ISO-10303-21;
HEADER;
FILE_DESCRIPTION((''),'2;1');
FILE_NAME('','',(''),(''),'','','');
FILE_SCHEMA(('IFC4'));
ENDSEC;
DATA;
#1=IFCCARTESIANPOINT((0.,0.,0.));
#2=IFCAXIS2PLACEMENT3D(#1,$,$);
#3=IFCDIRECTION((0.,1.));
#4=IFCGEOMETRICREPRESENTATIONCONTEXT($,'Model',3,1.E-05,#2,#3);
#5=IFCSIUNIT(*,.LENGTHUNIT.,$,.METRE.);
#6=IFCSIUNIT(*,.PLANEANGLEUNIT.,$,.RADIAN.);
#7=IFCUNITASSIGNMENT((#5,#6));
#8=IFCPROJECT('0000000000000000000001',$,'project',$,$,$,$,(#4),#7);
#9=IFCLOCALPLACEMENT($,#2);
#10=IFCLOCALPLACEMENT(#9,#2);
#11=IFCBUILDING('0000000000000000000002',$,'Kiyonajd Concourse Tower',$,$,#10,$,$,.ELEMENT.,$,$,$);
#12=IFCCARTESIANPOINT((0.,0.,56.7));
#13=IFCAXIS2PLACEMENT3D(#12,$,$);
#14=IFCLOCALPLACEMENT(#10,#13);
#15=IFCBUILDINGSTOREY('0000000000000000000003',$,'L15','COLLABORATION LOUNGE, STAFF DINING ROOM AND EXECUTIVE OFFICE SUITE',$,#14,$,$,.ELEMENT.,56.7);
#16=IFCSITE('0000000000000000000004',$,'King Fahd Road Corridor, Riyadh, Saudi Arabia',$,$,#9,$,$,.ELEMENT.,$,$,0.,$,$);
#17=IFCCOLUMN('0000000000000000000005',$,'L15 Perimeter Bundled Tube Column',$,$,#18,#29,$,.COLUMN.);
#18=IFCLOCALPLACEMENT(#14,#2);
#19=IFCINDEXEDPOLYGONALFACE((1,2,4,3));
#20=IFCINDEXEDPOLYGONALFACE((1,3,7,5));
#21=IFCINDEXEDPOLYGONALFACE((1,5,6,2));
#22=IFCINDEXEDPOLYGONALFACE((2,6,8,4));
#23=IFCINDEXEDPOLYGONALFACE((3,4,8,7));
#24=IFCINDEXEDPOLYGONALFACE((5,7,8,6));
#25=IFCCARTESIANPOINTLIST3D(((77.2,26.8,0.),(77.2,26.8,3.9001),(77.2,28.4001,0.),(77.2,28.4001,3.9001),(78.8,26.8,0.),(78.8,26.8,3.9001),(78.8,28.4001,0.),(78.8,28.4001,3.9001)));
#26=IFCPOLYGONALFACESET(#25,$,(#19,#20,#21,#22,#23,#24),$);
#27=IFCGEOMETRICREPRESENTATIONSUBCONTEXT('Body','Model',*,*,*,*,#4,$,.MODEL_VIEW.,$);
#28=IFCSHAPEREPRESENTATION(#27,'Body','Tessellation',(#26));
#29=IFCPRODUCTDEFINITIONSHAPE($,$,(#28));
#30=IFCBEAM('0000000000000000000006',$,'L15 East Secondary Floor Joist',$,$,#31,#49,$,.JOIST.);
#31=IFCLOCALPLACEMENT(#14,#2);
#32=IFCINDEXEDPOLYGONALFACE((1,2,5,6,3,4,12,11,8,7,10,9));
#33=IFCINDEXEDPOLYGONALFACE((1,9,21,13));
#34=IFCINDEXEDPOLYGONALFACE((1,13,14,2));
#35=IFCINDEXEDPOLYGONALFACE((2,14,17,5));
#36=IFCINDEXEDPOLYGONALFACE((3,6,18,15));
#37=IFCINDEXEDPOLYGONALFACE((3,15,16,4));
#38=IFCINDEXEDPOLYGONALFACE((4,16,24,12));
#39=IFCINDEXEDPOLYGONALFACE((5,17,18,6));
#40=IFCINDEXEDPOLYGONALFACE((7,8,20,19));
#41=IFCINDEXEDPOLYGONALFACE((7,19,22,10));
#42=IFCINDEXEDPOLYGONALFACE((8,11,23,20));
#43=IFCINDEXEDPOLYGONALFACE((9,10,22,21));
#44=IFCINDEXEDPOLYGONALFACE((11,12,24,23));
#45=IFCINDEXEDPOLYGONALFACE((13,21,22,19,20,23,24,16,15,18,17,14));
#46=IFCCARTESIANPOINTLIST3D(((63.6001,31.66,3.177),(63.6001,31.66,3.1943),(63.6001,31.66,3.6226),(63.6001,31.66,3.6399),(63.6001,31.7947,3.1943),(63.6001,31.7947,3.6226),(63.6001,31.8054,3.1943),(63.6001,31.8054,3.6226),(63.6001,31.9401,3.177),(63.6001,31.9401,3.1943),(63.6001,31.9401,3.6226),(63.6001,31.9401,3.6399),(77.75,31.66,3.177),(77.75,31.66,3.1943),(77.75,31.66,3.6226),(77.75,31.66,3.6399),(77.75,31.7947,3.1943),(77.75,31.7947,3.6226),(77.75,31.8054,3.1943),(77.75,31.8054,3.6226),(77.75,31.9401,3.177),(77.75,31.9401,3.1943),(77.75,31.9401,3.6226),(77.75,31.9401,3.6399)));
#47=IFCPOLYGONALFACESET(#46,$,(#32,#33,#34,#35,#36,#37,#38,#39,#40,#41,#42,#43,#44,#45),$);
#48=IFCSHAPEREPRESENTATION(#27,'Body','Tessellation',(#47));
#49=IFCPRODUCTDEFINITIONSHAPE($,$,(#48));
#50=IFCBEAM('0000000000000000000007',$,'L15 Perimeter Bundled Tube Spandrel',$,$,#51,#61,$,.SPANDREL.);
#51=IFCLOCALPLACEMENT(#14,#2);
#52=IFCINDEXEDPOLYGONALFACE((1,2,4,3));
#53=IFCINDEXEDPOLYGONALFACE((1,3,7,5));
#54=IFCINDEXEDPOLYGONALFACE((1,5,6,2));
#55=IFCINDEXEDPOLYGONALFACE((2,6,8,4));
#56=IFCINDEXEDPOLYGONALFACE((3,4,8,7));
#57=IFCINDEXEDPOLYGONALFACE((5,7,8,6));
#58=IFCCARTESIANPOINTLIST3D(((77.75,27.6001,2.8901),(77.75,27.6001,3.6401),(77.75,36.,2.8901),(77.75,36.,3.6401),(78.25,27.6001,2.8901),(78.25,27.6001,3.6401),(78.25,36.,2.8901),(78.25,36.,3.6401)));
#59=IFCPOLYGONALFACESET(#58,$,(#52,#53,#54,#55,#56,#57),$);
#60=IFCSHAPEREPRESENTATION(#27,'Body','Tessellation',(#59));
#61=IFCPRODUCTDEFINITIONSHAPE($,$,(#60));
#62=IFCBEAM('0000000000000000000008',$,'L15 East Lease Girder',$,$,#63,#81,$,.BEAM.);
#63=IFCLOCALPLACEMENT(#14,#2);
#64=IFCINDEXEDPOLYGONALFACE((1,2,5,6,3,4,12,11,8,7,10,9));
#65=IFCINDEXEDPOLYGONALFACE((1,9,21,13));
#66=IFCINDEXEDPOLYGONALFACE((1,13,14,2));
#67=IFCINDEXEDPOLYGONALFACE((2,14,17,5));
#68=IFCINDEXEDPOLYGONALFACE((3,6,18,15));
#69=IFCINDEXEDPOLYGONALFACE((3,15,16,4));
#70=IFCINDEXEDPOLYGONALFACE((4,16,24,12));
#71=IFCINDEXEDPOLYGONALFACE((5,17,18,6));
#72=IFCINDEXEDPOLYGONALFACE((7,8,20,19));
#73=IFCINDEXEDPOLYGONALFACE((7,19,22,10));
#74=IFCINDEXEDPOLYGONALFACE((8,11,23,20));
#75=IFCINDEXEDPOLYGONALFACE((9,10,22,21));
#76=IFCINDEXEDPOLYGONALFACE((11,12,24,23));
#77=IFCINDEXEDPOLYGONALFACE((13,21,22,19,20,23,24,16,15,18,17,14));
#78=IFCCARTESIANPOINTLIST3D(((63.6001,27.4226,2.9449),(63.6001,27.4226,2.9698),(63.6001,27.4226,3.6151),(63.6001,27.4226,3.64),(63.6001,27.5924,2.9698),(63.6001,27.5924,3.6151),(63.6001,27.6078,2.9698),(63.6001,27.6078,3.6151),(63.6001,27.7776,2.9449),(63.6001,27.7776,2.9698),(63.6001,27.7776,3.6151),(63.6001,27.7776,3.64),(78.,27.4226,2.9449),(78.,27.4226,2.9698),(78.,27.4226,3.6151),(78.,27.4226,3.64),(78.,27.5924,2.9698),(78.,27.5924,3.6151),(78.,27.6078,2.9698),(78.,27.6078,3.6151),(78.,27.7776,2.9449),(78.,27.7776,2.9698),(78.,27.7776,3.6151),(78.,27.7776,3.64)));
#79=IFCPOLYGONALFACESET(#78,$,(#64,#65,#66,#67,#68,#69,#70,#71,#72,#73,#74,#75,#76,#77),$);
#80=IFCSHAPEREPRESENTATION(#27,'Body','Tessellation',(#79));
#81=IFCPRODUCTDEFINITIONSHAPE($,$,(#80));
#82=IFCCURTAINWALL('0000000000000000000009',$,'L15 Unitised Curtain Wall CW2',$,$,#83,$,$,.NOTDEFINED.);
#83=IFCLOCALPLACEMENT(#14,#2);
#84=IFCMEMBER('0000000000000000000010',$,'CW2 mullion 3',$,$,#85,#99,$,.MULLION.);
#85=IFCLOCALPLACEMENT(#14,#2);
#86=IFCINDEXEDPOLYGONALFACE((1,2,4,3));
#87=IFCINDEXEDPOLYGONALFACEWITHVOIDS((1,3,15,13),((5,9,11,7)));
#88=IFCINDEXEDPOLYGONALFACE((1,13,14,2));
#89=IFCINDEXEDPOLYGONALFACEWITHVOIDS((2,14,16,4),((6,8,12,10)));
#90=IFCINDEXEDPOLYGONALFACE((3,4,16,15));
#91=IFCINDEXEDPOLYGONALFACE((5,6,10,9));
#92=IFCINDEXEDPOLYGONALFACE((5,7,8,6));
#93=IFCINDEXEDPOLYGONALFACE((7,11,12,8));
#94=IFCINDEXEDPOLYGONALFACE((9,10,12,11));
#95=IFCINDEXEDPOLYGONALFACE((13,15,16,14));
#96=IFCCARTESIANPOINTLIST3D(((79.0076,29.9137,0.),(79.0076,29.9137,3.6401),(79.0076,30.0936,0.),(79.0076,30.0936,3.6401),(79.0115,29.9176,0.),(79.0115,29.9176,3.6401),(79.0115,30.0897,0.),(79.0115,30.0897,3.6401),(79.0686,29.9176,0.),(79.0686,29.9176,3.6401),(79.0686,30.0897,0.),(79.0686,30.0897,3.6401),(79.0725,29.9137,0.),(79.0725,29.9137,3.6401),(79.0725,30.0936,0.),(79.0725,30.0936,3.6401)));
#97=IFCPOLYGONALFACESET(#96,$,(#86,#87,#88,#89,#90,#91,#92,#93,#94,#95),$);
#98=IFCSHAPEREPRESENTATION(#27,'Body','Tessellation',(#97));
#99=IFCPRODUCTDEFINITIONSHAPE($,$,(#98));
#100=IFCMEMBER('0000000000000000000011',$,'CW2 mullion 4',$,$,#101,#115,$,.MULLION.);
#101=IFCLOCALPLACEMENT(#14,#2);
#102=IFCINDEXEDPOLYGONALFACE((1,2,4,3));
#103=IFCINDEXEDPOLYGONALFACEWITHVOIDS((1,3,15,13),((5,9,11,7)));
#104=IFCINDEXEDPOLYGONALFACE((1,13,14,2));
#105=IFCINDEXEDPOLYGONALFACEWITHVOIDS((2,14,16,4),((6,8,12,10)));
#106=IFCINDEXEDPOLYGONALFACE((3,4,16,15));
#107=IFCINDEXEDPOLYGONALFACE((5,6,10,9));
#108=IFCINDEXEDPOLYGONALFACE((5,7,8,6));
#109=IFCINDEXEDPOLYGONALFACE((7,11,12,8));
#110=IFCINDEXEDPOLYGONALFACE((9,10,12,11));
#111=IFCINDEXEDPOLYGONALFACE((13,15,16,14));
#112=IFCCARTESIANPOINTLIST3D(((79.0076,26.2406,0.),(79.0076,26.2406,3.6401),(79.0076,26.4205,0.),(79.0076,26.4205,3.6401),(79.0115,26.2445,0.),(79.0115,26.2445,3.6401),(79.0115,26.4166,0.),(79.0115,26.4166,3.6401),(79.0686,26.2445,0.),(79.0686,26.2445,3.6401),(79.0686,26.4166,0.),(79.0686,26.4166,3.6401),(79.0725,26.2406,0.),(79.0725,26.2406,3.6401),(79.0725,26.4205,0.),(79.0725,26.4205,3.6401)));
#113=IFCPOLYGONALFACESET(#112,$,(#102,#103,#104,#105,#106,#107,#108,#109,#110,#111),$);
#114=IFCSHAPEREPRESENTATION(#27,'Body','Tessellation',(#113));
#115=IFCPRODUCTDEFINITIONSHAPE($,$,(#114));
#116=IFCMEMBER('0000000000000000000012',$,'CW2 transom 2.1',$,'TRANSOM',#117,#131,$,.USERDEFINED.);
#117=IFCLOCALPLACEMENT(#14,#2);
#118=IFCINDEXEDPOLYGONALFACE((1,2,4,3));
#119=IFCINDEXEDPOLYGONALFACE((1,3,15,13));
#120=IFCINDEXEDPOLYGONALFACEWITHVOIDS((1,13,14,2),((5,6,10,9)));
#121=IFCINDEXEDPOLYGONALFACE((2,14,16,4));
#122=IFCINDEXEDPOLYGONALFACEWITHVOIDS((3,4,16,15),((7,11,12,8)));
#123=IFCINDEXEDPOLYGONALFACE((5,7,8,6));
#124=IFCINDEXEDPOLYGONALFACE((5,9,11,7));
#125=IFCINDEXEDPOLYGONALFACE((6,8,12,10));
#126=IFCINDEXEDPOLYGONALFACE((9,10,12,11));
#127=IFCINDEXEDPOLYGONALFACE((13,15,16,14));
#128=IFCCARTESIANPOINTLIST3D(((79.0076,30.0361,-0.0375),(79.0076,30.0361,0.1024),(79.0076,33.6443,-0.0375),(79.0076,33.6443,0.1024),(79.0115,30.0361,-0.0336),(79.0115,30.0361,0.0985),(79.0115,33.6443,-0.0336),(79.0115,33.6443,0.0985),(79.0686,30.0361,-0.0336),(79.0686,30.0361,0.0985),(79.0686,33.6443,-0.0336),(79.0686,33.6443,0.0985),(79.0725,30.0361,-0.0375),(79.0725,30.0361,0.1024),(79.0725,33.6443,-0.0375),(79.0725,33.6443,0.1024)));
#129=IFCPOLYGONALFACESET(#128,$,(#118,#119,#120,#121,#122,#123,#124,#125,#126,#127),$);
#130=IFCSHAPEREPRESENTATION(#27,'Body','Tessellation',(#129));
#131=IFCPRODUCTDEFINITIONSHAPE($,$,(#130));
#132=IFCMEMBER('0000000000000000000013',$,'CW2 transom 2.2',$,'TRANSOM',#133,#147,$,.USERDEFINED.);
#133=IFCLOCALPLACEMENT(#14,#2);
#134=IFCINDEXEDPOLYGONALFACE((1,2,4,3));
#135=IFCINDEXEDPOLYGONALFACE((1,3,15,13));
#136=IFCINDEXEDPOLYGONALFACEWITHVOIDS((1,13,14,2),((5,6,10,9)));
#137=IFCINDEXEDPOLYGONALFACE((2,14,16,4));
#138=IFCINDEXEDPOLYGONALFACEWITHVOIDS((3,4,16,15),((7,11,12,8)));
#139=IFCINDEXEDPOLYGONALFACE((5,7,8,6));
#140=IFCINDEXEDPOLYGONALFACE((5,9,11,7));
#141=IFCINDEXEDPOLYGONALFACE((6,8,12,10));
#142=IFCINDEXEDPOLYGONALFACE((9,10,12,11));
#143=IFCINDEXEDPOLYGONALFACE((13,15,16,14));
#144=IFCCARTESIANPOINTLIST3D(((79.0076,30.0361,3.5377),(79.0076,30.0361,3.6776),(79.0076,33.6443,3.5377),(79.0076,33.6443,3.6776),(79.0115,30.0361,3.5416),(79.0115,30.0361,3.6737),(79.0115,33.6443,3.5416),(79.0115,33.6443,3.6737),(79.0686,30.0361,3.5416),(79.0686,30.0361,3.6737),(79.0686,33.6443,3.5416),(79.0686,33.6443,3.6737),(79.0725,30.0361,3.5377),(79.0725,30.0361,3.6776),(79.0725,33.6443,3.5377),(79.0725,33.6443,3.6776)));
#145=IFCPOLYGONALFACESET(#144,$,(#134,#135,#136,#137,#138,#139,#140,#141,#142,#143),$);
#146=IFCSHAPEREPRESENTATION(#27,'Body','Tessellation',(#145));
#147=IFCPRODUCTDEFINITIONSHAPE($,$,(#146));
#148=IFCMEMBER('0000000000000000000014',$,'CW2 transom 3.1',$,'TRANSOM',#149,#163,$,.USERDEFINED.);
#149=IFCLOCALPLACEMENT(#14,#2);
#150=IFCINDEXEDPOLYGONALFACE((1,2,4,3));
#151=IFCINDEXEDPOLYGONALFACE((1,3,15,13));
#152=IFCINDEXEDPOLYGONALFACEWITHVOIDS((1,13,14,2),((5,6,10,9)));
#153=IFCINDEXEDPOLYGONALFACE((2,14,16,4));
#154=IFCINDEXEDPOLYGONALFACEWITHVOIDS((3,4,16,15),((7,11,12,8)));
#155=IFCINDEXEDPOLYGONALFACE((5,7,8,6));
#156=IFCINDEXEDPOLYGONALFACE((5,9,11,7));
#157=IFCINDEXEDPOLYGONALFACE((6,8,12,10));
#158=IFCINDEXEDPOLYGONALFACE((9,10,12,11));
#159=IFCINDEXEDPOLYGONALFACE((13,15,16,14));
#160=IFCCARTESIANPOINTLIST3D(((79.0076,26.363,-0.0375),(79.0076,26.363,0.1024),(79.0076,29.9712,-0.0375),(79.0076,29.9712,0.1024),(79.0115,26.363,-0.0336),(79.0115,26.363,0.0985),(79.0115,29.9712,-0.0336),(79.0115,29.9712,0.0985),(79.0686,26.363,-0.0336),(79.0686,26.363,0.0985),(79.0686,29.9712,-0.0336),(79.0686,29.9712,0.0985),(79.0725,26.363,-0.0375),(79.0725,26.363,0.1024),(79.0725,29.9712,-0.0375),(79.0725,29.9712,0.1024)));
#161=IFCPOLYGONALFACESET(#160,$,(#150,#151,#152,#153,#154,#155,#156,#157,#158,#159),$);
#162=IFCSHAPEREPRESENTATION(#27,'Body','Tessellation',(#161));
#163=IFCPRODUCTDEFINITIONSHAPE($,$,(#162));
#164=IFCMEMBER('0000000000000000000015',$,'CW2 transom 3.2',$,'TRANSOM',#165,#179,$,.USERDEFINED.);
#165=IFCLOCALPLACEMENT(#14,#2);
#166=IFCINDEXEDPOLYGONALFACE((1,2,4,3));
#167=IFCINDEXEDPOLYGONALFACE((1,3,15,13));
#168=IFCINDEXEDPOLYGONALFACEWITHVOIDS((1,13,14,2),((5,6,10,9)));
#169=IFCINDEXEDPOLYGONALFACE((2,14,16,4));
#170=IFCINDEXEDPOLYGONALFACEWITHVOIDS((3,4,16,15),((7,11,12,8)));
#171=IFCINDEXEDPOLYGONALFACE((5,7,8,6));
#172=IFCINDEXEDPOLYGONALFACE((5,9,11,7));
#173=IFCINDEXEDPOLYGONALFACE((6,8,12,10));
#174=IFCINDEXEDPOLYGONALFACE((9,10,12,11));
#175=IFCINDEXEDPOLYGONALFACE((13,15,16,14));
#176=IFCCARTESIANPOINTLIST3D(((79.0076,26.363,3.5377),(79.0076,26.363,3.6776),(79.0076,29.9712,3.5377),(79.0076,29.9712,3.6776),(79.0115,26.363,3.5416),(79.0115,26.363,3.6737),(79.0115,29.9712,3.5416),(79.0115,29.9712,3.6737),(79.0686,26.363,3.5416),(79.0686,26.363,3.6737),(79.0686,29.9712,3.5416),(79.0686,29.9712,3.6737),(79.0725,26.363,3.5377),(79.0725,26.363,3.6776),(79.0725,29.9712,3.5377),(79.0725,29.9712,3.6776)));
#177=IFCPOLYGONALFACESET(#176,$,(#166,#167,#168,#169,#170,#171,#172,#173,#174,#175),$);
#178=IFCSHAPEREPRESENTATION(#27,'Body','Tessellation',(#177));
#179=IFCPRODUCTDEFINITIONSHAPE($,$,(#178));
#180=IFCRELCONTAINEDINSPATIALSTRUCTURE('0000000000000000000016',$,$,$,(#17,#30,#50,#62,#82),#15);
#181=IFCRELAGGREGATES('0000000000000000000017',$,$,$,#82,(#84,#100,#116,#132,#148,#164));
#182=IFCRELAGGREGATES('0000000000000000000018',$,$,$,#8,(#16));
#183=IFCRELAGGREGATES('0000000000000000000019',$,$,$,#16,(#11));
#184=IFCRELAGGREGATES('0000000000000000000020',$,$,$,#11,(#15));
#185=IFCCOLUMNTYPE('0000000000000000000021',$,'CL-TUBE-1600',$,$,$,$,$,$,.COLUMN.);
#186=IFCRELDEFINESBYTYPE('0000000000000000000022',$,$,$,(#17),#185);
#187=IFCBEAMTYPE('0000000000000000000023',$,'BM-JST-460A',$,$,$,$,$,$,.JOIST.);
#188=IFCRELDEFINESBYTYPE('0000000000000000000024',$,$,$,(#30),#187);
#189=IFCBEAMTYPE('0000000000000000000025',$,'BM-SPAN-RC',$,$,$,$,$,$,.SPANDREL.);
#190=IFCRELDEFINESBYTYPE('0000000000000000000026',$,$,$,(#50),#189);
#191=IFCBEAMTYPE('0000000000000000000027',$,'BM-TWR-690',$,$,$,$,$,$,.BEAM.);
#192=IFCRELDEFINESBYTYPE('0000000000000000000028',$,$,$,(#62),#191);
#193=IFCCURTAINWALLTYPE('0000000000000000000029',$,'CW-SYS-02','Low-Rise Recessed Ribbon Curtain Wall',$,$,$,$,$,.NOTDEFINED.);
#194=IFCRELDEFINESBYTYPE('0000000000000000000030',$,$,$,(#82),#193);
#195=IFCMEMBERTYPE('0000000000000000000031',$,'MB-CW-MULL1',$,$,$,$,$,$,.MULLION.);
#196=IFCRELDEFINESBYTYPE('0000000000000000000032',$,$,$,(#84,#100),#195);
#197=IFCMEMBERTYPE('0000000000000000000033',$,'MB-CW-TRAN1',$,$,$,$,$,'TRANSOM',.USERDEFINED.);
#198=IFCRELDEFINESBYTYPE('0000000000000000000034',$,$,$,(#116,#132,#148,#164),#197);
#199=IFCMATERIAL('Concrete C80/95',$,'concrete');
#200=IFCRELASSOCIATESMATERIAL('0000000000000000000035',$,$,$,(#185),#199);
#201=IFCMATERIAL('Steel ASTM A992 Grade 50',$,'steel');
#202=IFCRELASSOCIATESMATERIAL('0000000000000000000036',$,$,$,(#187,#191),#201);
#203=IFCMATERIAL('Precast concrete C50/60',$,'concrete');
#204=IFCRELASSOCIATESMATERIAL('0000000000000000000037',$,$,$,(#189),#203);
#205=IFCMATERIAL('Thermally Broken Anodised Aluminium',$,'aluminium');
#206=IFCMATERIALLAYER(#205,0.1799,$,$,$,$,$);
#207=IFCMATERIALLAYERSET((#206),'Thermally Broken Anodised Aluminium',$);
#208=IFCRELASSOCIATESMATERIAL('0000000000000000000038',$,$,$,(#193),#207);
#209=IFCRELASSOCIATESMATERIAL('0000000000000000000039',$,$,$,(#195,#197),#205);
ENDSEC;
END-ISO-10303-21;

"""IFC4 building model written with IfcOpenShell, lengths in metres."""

from ifc_helpers import new_model, si_unit, direction, frame, origin, origin_2d, place, context, subcontext, project, spatial, rectangle, hollow_rectangle, i_section, extrude, material, layer, layer_set, material_profile, profile_set, type_object, element, aggregate, save


model = new_model("IFC4")

# Units and contexts
model_context = context("Model", 3, precision=1e-05, world=origin(), true_north=direction((0.0, 1.0)))
body_context = subcontext(model_context, "Body", "Model", "MODEL_VIEW")
ifc_project = project(units=[si_unit("LENGTHUNIT", "METRE"), si_unit("PLANEANGLEUNIT", "RADIAN")], contexts=[model_context])

# Site, building, storey
site_placement = place(None, origin())
site = spatial("IfcSite", under=ifc_project, at=site_placement, Name="King Fahd Road Corridor, Riyadh, Saudi Arabia", CompositionType="ELEMENT", RefElevation=0.0)
building_placement = place(site_placement, origin())
building = spatial("IfcBuilding", under=site, at=building_placement, Name="Kiyonajd Concourse Tower", CompositionType="ELEMENT")
storey_placement = place(building_placement, frame((0.0, 0.0, 56.7)))
storey = spatial("IfcBuildingStorey", under=building, at=storey_placement, Name="L15", Description="COLLABORATION LOUNGE, STAFF DINING ROOM AND EXECUTIVE OFFICE SUITE", CompositionType="ELEMENT", Elevation=56.7)

# Column
ifc_material_1 = material(Name="Concrete C80/95", Category="concrete")
ifc_material_profile_1 = material_profile(ifc_material_1, rectangle(XDim=1.6001, YDim=1.6001, at=origin_2d()), Name="RC-1600x1600")
ifc_profile_set_1 = profile_set([ifc_material_profile_1], Name="Concrete C80/95")
column_type = type_object("IfcColumnType", Name="CL-TUBE-1600", PredefinedType="COLUMN", material=ifc_profile_set_1)
column_placement = place(storey_placement, frame((78.0, 27.6001, 0.0), z_axis=(0.0, 0.0, 1.0), x_axis=(1.0, 0.0, 0.0)))
element("IfcColumn", 1, at=column_placement, inside=storey, type_object=column_type, Name="L15 Perimeter Bundled Tube Column", PredefinedType="COLUMN", context=body_context, shape_type="SweptSolid", body=[
    extrude(rectangle(XDim=1.6001, YDim=1.6001, at=origin_2d()), origin(), (0.0, 0.0, 1.0), 3.9001),
])

# Beams
ifc_material_2 = material(Name="Steel ASTM A992 Grade 50", Category="steel")
ifc_material_profile_2 = material_profile(ifc_material_2, i_section(OverallWidth=0.28, OverallDepth=0.4629, WebThickness=0.0107, FlangeThickness=0.0173, at=origin_2d()), Name="W460X113")
ifc_profile_set_2 = profile_set([ifc_material_profile_2], Name="Steel ASTM A992 Grade 50")
beam_type_1 = type_object("IfcBeamType", Name="BM-JST-460A", PredefinedType="JOIST", material=ifc_profile_set_2)
beam_1_placement = place(storey_placement, frame((63.6001, 31.8, 3.4084), z_axis=(1.0, 0.0, 0.0), x_axis=(0.0, 1.0, 0.0)))
element("IfcBeam", 2, at=beam_1_placement, inside=storey, type_object=beam_type_1, Name="L15 East Secondary Floor Joist", PredefinedType="JOIST", context=body_context, shape_type="SweptSolid", body=[
    extrude(i_section(OverallWidth=0.28, OverallDepth=0.4629, WebThickness=0.0107, FlangeThickness=0.0173, at=origin_2d()), origin(), (0.0, 0.0, 1.0), 14.1499),
])
ifc_material_3 = material(Name="Precast concrete C50/60", Category="concrete")
ifc_material_profile_3 = material_profile(ifc_material_3, rectangle(XDim=0.5, YDim=0.75, at=origin_2d()), Name="RCBM-500x750")
ifc_profile_set_3 = profile_set([ifc_material_profile_3], Name="Precast concrete C50/60")
beam_type_2 = type_object("IfcBeamType", Name="BM-SPAN-RC", PredefinedType="SPANDREL", material=ifc_profile_set_3)
beam_2_placement = place(storey_placement, frame((78.0, 27.6001, 3.2651), z_axis=(0.0, 1.0, 0.0), x_axis=(-1.0, 0.0, 0.0)))
element("IfcBeam", 3, at=beam_2_placement, inside=storey, type_object=beam_type_2, Name="L15 Perimeter Bundled Tube Spandrel", PredefinedType="SPANDREL", context=body_context, shape_type="SweptSolid", body=[
    extrude(rectangle(XDim=0.5, YDim=0.75, at=origin_2d()), origin(), (0.0, 0.0, 1.0), 8.3999),
])
ifc_material_profile_4 = material_profile(ifc_material_2, i_section(OverallWidth=0.355, OverallDepth=0.6951, WebThickness=0.0154, FlangeThickness=0.0249, at=origin_2d()), Name="W690X217")
ifc_profile_set_4 = profile_set([ifc_material_profile_4], Name="Steel ASTM A992 Grade 50")
beam_type_3 = type_object("IfcBeamType", Name="BM-TWR-690", PredefinedType="BEAM", material=ifc_profile_set_4)
beam_3_placement = place(storey_placement, frame((63.6001, 27.6001, 3.2925), z_axis=(1.0, 0.0, 0.0), x_axis=(0.0, 1.0, 0.0)))
element("IfcBeam", 4, at=beam_3_placement, inside=storey, type_object=beam_type_3, Name="L15 East Lease Girder", PredefinedType="BEAM", context=body_context, shape_type="SweptSolid", body=[
    extrude(i_section(OverallWidth=0.355, OverallDepth=0.6951, WebThickness=0.0154, FlangeThickness=0.0249, at=origin_2d()), origin(), (0.0, 0.0, 1.0), 14.3999),
])

# Curtain wall, members
ifc_material_4 = material(Name="Thermally Broken Anodised Aluminium", Category="aluminium")
ifc_layer_1 = layer(ifc_material_4, 0.1799)
ifc_layer_set_1 = layer_set([ifc_layer_1], Name="Thermally Broken Anodised Aluminium")
curtain_wall_type = type_object("IfcCurtainWallType", Name="CW-SYS-02", Description="Low-Rise Recessed Ribbon Curtain Wall", PredefinedType="NOTDEFINED", material=ifc_layer_set_1)
curtain_wall_placement = place(storey_placement, origin())
curtain_wall = element("IfcCurtainWall", 5, at=curtain_wall_placement, inside=storey, type_object=curtain_wall_type, Name="L15 Unitised Curtain Wall CW2", PredefinedType="NOTDEFINED")
ifc_material_profile_5 = material_profile(ifc_material_4, hollow_rectangle(XDim=0.0649, YDim=0.1799, WallThickness=0.0039, at=origin_2d()), Name="MULL-65x180")
ifc_profile_set_5 = profile_set([ifc_material_profile_5], Name="Thermally Broken Anodised Aluminium")
member_type_1 = type_object("IfcMemberType", Name="MB-CW-MULL1", PredefinedType="MULLION", material=ifc_profile_set_5)
member_1_placement = place(storey_placement, frame((79.04, 30.0037, 0.0), z_axis=(0.0, 0.0, 1.0), x_axis=(1.0, 0.0, 0.0)))
member_1 = element("IfcMember", 6, at=member_1_placement, type_object=member_type_1, Name="CW2 mullion 3", PredefinedType="MULLION", context=body_context, shape_type="SweptSolid", body=[
    extrude(hollow_rectangle(XDim=0.0649, YDim=0.1799, WallThickness=0.0039, at=origin_2d()), origin(), (0.0, 0.0, 1.0), 3.6401),
])
member_2_placement = place(storey_placement, frame((79.04, 26.3306, 0.0), z_axis=(0.0, 0.0, 1.0), x_axis=(1.0, 0.0, 0.0)))
member_2 = element("IfcMember", 7, at=member_2_placement, type_object=member_type_1, Name="CW2 mullion 4", PredefinedType="MULLION", context=body_context, shape_type="SweptSolid", body=[
    extrude(hollow_rectangle(XDim=0.0649, YDim=0.1799, WallThickness=0.0039, at=origin_2d()), origin(), (0.0, 0.0, 1.0), 3.6401),
])
ifc_material_profile_6 = material_profile(ifc_material_4, hollow_rectangle(XDim=0.0649, YDim=0.1399, WallThickness=0.0039, at=origin_2d()), Name="TRAN-65x140")
ifc_profile_set_6 = profile_set([ifc_material_profile_6], Name="Thermally Broken Anodised Aluminium")
member_type_2 = type_object("IfcMemberType", Name="MB-CW-TRAN1", ElementType="TRANSOM", PredefinedType="USERDEFINED", material=ifc_profile_set_6)
member_3_placement = place(storey_placement, frame((79.04, 33.6443, 0.0325), z_axis=(0.0, -1.0, 0.0), x_axis=(1.0, 0.0, 0.0)))
member_3 = element("IfcMember", 8, at=member_3_placement, type_object=member_type_2, Name="CW2 transom 2.1", ObjectType="TRANSOM", PredefinedType="USERDEFINED", context=body_context, shape_type="SweptSolid", body=[
    extrude(hollow_rectangle(XDim=0.0649, YDim=0.1399, WallThickness=0.0039, at=origin_2d()), origin(), (0.0, 0.0, 1.0), 3.6082),
])
member_4_placement = place(storey_placement, frame((79.04, 33.6443, 3.6077), z_axis=(0.0, -1.0, 0.0), x_axis=(1.0, 0.0, 0.0)))
member_4 = element("IfcMember", 9, at=member_4_placement, type_object=member_type_2, Name="CW2 transom 2.2", ObjectType="TRANSOM", PredefinedType="USERDEFINED", context=body_context, shape_type="SweptSolid", body=[
    extrude(hollow_rectangle(XDim=0.0649, YDim=0.1399, WallThickness=0.0039, at=origin_2d()), origin(), (0.0, 0.0, 1.0), 3.6082),
])
member_5_placement = place(storey_placement, frame((79.04, 29.9712, 0.0325), z_axis=(0.0, -1.0, 0.0), x_axis=(1.0, 0.0, 0.0)))
member_5 = element("IfcMember", 10, at=member_5_placement, type_object=member_type_2, Name="CW2 transom 3.1", ObjectType="TRANSOM", PredefinedType="USERDEFINED", context=body_context, shape_type="SweptSolid", body=[
    extrude(hollow_rectangle(XDim=0.0649, YDim=0.1399, WallThickness=0.0039, at=origin_2d()), origin(), (0.0, 0.0, 1.0), 3.6082),
])
member_6_placement = place(storey_placement, frame((79.04, 29.9712, 3.6077), z_axis=(0.0, -1.0, 0.0), x_axis=(1.0, 0.0, 0.0)))
member_6 = element("IfcMember", 11, at=member_6_placement, type_object=member_type_2, Name="CW2 transom 3.2", ObjectType="TRANSOM", PredefinedType="USERDEFINED", context=body_context, shape_type="SweptSolid", body=[
    extrude(hollow_rectangle(XDim=0.0649, YDim=0.1399, WallThickness=0.0039, at=origin_2d()), origin(), (0.0, 0.0, 1.0), 3.6082),
])
aggregate(curtain_wall, [member_1, member_2, member_3, member_4, member_5, member_6])

save(model, "model.ifc")
